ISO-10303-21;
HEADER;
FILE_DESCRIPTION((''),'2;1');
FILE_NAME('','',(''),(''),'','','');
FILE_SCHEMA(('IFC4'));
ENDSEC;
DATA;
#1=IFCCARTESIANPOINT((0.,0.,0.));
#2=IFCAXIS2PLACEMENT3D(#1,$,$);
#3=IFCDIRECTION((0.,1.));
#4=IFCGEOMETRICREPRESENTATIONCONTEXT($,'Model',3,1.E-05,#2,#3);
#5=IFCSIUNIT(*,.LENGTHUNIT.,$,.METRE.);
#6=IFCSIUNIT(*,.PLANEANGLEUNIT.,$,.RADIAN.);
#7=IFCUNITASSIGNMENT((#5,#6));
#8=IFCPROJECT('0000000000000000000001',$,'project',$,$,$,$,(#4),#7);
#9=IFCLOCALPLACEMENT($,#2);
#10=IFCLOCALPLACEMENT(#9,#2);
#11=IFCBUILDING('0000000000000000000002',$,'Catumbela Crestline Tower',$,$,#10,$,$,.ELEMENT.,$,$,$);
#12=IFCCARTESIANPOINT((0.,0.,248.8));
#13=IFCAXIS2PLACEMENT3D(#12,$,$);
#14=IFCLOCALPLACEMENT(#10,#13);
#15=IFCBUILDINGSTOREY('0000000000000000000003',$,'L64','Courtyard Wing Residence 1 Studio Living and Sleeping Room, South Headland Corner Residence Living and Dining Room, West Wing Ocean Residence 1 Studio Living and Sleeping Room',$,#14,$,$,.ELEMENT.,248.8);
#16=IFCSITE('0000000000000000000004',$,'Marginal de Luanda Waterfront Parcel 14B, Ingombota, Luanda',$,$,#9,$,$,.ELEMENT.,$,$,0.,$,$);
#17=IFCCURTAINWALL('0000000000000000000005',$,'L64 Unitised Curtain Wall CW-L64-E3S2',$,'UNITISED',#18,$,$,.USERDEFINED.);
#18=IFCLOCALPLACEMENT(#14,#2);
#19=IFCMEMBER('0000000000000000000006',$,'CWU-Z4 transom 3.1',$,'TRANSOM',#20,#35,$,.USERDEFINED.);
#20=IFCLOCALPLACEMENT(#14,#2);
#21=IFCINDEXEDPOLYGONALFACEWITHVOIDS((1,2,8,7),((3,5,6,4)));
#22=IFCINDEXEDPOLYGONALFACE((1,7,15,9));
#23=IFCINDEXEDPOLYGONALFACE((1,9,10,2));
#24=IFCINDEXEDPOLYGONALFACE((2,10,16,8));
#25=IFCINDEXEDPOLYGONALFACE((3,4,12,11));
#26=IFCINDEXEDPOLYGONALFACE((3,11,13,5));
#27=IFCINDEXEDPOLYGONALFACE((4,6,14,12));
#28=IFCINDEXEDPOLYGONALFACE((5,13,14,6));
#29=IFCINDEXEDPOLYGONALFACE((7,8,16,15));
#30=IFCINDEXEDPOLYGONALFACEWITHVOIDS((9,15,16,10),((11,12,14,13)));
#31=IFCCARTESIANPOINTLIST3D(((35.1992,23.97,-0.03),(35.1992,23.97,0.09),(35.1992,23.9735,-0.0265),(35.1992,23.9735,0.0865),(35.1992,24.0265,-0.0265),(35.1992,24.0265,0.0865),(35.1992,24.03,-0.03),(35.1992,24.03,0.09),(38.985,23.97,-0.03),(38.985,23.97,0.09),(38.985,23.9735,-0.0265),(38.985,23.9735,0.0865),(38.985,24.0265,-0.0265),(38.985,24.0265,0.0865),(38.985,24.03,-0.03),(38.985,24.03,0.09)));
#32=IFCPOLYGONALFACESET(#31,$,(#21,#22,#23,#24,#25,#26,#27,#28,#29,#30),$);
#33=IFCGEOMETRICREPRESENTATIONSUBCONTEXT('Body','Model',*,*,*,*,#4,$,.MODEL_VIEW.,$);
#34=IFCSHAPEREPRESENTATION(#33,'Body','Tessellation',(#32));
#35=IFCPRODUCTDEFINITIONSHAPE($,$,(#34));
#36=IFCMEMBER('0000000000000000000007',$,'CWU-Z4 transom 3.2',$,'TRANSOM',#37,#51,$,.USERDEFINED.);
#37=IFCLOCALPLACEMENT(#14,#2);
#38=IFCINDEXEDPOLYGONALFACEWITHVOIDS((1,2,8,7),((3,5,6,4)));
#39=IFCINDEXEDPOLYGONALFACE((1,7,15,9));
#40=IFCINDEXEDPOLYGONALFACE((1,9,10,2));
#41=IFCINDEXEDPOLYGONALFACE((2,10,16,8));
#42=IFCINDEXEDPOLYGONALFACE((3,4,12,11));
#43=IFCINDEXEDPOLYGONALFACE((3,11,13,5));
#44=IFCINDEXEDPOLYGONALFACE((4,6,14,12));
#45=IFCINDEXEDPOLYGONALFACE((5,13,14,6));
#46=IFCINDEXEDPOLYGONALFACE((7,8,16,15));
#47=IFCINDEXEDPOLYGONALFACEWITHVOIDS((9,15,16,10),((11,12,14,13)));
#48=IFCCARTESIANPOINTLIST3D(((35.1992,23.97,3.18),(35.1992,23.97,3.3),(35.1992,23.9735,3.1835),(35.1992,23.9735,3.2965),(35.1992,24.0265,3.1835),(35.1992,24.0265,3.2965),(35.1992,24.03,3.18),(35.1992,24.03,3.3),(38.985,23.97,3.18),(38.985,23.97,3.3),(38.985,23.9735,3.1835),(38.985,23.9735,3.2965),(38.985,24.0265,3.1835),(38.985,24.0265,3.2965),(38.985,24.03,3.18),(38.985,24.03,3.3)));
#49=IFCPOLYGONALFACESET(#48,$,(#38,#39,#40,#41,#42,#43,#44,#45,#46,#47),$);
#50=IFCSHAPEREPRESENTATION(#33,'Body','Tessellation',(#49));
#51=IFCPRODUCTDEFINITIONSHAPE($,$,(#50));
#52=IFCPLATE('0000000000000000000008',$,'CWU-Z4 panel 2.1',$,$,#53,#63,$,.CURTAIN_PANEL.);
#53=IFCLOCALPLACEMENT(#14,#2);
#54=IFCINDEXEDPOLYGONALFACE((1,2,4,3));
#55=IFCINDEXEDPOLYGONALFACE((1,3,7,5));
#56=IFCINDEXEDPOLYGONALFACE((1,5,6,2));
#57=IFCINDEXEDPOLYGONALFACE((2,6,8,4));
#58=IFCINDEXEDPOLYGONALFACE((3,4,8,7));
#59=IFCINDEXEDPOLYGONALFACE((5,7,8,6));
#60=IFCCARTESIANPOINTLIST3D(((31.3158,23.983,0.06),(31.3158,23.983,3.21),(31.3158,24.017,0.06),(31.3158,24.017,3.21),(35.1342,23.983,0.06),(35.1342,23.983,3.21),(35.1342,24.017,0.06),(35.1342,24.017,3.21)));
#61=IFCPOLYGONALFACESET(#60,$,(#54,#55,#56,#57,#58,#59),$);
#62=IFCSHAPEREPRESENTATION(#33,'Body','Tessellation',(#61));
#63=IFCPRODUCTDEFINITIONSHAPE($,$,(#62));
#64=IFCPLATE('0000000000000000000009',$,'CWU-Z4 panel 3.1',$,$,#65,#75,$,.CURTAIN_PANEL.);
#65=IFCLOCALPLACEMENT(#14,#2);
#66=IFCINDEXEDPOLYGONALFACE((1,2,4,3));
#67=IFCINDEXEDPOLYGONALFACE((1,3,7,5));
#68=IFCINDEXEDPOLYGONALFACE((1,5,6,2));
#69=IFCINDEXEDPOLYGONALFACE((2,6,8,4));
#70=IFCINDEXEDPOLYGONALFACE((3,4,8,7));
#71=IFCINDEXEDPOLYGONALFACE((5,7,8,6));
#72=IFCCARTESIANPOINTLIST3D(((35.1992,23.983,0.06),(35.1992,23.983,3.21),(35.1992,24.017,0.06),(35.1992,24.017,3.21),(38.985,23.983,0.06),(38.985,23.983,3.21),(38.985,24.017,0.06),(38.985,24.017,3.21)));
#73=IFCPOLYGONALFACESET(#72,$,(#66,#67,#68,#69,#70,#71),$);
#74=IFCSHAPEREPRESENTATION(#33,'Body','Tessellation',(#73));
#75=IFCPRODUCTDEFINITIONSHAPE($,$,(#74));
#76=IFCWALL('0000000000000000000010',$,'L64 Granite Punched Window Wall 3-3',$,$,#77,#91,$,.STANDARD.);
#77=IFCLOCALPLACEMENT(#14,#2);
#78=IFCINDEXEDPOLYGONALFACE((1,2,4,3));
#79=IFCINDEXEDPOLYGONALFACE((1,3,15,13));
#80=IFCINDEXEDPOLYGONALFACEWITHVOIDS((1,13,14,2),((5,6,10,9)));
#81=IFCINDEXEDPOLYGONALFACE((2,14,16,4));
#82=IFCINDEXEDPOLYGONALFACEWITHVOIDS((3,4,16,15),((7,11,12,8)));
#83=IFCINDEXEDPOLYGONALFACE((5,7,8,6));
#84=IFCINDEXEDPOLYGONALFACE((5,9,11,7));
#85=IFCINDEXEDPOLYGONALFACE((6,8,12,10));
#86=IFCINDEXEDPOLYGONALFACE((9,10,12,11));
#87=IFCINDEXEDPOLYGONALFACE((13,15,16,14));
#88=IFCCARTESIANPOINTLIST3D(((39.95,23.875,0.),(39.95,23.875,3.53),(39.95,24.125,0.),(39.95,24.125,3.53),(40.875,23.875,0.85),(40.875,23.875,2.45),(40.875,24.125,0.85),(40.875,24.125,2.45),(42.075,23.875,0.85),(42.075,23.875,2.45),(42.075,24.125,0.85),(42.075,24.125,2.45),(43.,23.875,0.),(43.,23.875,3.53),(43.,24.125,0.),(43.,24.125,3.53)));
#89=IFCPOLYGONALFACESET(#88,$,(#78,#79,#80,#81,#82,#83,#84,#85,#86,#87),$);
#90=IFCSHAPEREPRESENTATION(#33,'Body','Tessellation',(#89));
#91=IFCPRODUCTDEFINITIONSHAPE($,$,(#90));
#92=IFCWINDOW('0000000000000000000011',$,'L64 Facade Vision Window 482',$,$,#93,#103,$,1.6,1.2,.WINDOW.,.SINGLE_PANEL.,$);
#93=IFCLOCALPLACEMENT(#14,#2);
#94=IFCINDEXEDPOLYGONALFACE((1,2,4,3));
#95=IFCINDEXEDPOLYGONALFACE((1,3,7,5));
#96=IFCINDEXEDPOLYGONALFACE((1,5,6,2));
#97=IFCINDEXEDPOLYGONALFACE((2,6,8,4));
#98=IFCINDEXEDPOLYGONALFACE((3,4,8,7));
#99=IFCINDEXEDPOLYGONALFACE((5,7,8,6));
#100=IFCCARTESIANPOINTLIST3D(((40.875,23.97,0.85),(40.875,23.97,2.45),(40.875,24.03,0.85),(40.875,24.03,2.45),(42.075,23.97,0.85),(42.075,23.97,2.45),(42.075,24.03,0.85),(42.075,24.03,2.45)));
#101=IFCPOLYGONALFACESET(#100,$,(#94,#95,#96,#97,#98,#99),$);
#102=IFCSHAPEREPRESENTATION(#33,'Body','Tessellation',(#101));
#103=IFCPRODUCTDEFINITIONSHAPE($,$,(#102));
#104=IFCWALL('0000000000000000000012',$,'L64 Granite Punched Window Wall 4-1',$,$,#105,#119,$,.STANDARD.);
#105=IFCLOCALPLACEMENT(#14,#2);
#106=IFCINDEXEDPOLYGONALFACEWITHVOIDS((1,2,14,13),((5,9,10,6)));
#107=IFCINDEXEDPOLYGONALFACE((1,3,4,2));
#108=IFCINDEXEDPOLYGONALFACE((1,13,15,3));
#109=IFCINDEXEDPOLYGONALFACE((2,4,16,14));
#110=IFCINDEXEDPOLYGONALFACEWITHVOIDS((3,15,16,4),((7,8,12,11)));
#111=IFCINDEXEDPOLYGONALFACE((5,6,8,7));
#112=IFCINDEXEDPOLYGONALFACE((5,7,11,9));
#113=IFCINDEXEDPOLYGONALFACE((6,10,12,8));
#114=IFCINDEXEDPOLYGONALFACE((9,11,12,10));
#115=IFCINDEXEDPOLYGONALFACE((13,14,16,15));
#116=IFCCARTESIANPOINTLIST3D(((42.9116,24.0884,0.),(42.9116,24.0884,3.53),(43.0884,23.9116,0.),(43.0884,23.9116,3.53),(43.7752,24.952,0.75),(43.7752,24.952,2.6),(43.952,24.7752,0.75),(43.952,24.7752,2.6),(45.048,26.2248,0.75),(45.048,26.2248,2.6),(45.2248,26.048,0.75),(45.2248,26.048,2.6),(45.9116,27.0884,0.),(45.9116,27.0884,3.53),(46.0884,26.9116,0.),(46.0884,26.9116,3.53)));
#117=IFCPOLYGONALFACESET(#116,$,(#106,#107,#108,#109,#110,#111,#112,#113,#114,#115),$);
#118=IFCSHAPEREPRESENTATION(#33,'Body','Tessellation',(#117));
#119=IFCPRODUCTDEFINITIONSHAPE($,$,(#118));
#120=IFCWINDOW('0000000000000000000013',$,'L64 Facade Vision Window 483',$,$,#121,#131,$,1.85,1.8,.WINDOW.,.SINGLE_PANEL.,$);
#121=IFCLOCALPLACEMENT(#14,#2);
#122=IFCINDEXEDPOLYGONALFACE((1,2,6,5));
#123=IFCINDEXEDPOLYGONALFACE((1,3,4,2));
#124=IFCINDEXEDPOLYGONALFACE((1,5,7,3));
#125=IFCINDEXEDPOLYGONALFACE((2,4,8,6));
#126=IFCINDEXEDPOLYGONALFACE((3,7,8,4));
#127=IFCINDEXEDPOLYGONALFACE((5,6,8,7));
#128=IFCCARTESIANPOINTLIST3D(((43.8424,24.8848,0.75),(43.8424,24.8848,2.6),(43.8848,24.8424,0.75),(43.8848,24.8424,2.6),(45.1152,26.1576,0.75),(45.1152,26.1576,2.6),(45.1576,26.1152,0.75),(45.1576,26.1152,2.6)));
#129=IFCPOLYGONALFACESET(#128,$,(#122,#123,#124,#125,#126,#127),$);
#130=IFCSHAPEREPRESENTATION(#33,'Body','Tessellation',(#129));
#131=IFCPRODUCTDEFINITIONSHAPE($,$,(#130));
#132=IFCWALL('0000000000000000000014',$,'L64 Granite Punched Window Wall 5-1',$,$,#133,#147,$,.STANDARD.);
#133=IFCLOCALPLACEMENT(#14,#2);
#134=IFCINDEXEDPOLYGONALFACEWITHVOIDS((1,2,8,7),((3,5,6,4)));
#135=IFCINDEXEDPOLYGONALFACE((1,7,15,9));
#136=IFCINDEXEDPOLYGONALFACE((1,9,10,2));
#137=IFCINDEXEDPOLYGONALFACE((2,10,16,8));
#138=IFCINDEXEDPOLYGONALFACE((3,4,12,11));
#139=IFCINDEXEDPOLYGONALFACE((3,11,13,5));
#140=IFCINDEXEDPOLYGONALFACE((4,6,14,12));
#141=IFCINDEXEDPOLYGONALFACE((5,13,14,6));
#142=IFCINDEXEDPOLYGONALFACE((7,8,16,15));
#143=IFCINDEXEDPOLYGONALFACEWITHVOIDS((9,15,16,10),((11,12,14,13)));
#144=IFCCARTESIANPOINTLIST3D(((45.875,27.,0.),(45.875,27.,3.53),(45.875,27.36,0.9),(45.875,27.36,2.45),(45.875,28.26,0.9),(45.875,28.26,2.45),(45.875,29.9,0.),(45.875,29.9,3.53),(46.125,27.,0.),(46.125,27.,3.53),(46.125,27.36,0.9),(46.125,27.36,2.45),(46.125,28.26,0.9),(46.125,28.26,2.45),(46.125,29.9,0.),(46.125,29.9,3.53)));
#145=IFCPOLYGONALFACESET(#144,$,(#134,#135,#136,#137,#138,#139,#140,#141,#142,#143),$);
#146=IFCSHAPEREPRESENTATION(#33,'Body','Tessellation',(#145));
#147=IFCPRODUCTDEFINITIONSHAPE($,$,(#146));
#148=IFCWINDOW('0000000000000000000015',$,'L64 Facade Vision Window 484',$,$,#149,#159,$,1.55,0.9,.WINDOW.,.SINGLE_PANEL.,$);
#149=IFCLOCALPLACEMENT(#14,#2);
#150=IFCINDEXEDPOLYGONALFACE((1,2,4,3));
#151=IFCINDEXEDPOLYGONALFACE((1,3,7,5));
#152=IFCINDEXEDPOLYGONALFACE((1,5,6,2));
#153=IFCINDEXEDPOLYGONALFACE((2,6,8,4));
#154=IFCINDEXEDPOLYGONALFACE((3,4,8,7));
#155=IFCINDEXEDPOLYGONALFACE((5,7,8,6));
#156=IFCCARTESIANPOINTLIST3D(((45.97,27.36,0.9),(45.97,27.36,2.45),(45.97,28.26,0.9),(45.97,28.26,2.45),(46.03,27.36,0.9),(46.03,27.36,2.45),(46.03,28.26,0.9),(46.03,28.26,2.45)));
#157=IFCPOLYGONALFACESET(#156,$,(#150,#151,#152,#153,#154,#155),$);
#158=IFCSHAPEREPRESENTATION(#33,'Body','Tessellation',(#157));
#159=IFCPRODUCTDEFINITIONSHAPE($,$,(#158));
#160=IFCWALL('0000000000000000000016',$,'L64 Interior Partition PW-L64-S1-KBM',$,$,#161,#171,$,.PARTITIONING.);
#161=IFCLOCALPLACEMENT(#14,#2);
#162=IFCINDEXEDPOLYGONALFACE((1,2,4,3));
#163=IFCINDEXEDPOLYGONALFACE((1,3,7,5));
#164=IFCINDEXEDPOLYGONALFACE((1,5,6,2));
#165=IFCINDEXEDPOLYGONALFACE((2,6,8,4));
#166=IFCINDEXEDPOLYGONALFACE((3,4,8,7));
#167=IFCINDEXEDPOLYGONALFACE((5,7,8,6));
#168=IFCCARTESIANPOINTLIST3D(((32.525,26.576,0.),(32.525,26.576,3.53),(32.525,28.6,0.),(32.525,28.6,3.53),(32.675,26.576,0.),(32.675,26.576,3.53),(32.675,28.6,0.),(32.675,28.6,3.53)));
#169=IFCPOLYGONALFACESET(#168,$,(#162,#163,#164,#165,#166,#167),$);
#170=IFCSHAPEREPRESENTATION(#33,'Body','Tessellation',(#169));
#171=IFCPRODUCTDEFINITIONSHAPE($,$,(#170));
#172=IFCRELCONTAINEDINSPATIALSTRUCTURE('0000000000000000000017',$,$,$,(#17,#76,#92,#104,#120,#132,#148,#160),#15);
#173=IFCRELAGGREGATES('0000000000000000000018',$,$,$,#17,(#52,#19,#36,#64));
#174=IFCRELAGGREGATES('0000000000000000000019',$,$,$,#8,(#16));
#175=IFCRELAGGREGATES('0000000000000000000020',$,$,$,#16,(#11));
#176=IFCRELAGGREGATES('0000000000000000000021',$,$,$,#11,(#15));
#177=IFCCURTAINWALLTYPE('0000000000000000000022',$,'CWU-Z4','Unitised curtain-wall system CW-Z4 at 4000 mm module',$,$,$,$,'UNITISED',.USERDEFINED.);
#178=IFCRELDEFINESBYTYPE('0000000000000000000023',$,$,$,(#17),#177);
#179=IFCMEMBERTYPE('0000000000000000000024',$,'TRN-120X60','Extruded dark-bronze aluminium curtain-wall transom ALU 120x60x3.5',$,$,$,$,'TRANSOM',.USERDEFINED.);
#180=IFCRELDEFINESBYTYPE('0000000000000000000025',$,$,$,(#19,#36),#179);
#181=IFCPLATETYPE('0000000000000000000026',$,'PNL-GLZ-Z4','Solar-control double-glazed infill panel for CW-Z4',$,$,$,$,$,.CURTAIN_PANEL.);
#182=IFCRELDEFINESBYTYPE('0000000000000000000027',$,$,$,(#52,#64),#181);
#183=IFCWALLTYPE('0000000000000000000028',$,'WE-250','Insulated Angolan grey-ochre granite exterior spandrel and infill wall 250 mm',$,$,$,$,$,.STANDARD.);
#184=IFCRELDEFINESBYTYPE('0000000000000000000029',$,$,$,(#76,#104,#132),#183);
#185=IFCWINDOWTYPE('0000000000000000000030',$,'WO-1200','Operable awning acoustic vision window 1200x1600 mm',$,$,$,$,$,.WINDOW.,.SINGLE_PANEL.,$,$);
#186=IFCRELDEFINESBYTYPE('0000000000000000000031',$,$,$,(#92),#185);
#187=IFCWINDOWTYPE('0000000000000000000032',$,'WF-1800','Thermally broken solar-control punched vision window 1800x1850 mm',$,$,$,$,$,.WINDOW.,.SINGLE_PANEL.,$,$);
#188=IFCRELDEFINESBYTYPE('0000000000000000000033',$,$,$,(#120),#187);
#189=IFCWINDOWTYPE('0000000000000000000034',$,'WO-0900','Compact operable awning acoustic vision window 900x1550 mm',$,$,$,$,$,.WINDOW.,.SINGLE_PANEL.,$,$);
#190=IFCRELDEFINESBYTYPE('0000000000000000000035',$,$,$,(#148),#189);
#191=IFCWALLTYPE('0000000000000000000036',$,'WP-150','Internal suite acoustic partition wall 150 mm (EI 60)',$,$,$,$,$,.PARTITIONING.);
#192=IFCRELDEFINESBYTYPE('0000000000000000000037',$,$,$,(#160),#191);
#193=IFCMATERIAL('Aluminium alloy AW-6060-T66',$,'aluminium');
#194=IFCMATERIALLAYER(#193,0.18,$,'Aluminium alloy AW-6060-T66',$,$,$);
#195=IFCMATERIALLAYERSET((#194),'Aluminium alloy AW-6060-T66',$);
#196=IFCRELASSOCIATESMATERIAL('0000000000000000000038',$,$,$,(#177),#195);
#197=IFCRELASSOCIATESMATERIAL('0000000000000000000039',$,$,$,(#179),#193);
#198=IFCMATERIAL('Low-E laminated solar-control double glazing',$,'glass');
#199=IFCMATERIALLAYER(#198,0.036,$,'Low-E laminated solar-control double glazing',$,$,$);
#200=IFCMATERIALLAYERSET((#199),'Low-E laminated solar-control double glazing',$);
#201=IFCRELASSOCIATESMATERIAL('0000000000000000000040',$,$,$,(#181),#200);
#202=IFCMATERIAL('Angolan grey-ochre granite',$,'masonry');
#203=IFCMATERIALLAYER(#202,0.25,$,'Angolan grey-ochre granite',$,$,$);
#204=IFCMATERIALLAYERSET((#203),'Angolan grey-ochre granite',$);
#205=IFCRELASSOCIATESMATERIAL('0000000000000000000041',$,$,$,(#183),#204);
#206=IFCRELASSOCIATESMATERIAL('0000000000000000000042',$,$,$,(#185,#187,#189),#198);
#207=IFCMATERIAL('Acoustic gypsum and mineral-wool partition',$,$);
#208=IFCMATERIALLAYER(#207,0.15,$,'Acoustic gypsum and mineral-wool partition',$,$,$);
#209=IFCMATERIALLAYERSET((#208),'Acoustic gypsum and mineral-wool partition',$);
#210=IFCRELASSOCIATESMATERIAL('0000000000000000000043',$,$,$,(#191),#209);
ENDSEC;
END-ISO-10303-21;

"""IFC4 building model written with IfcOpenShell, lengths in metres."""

from ifc_helpers import new_model, si_unit, direction, frame, frame_2d, origin, origin_2d, place, context, subcontext, project, spatial, rectangle, hollow_rectangle, extrude, material, layer, layer_set, material_profile, profile_set, type_object, element, fill, aggregate, save


model = new_model("IFC4")

# Units and contexts
model_context = context("Model", 3, precision=1e-05, world=origin(), true_north=direction((0.0, 1.0)))
body_context = subcontext(model_context, "Body", "Model", "MODEL_VIEW")
ifc_project = project(units=[si_unit("LENGTHUNIT", "METRE"), si_unit("PLANEANGLEUNIT", "RADIAN")], contexts=[model_context])

# Site, building, storey
site_placement = place(None, origin())
site = spatial("IfcSite", under=ifc_project, at=site_placement, Name="Marginal de Luanda Waterfront Parcel 14B, Ingombota, Luanda", CompositionType="ELEMENT", RefElevation=0.0)
building_placement = place(site_placement, origin())
building = spatial("IfcBuilding", under=site, at=building_placement, Name="Catumbela Crestline Tower", CompositionType="ELEMENT")
storey_placement = place(building_placement, frame((0.0, 0.0, 248.8)))
storey = spatial("IfcBuildingStorey", under=building, at=storey_placement, Name="L64", Description="Courtyard Wing Residence 1 Studio Living and Sleeping Room, South Headland Corner Residence Living and Dining Room, West Wing Ocean Residence 1 Studio Living and Sleeping Room", CompositionType="ELEMENT", Elevation=248.8)

# Curtain wall, members, plates
ifc_material_1 = material(Name="Aluminium alloy AW-6060-T66", Category="aluminium")
ifc_layer_1 = layer(ifc_material_1, 0.18, Name="Aluminium alloy AW-6060-T66")
ifc_layer_set_1 = layer_set([ifc_layer_1], Name="Aluminium alloy AW-6060-T66")
curtain_wall_type = type_object("IfcCurtainWallType", Name="CWU-Z4", Description="Unitised curtain-wall system CW-Z4 at 4000 mm module", ElementType="UNITISED", PredefinedType="USERDEFINED", material=ifc_layer_set_1)
curtain_wall_placement = place(storey_placement, origin())
curtain_wall = element("IfcCurtainWall", 1, at=curtain_wall_placement, inside=storey, type_object=curtain_wall_type, Name="L64 Unitised Curtain Wall CW-L64-E3S2", ObjectType="UNITISED", PredefinedType="USERDEFINED")
ifc_material_profile_1 = material_profile(ifc_material_1, hollow_rectangle(XDim=0.06, YDim=0.12, WallThickness=0.0035, at=origin_2d()), Name="ALU 120x60x3.5")
ifc_profile_set_1 = profile_set([ifc_material_profile_1], Name="Aluminium alloy AW-6060-T66")
member_type_1 = type_object("IfcMemberType", Name="TRN-120X60", Description="Extruded dark-bronze aluminium curtain-wall transom ALU 120x60x3.5", ElementType="TRANSOM", PredefinedType="USERDEFINED", material=ifc_profile_set_1)
member_1_placement = place(storey_placement, frame((35.1992, 24.0, 0.03), z_axis=(1.0, 0.0, 0.0), x_axis=(0.0, 1.0, 0.0)))
member_1 = element("IfcMember", 2, at=member_1_placement, type_object=member_type_1, Name="CWU-Z4 transom 3.1", ObjectType="TRANSOM", PredefinedType="USERDEFINED", context=body_context, shape_type="SweptSolid", body=[
    extrude(hollow_rectangle(XDim=0.06, YDim=0.12, WallThickness=0.0035, at=origin_2d()), origin(), (0.0, 0.0, 1.0), 3.7858),
])
member_2_placement = place(storey_placement, frame((35.1992, 24.0, 3.24), z_axis=(1.0, 0.0, 0.0), x_axis=(0.0, 1.0, 0.0)))
member_2 = element("IfcMember", 3, at=member_2_placement, type_object=member_type_1, Name="CWU-Z4 transom 3.2", ObjectType="TRANSOM", PredefinedType="USERDEFINED", context=body_context, shape_type="SweptSolid", body=[
    extrude(hollow_rectangle(XDim=0.06, YDim=0.12, WallThickness=0.0035, at=origin_2d()), origin(), (0.0, 0.0, 1.0), 3.7858),
])
ifc_material_2 = material(Name="Low-E laminated solar-control double glazing", Category="glass")
ifc_layer_2 = layer(ifc_material_2, 0.036, Name="Low-E laminated solar-control double glazing")
ifc_layer_set_2 = layer_set([ifc_layer_2], Name="Low-E laminated solar-control double glazing")
plate_type = type_object("IfcPlateType", Name="PNL-GLZ-Z4", Description="Solar-control double-glazed infill panel for CW-Z4", PredefinedType="CURTAIN_PANEL", material=ifc_layer_set_2)
plate_1_placement = place(storey_placement, frame((33.225, 24.0, 0.06), z_axis=(0.0, 0.0, 1.0), x_axis=(1.0, 0.0, 0.0)))
plate_1 = element("IfcPlate", 4, at=plate_1_placement, type_object=plate_type, Name="CWU-Z4 panel 2.1", PredefinedType="CURTAIN_PANEL", context=body_context, shape_type="SweptSolid", body=[
    extrude(rectangle(XDim=3.8183, YDim=0.034, at=origin_2d()), origin(), (0.0, 0.0, 1.0), 3.15),
])
plate_2_placement = place(storey_placement, frame((37.0921, 24.0, 0.06), z_axis=(0.0, 0.0, 1.0), x_axis=(1.0, 0.0, 0.0)))
plate_2 = element("IfcPlate", 5, at=plate_2_placement, type_object=plate_type, Name="CWU-Z4 panel 3.1", PredefinedType="CURTAIN_PANEL", context=body_context, shape_type="SweptSolid", body=[
    extrude(rectangle(XDim=3.7858, YDim=0.034, at=origin_2d()), origin(), (0.0, 0.0, 1.0), 3.15),
])
aggregate(curtain_wall, [plate_1, member_1, member_2, plate_2])

# Walls, openings, windows
ifc_material_3 = material(Name="Angolan grey-ochre granite", Category="masonry")
ifc_layer_3 = layer(ifc_material_3, 0.25, Name="Angolan grey-ochre granite")
ifc_layer_set_3 = layer_set([ifc_layer_3], Name="Angolan grey-ochre granite")
wall_type_1 = type_object("IfcWallType", Name="WE-250", Description="Insulated Angolan grey-ochre granite exterior spandrel and infill wall 250 mm", PredefinedType="STANDARD", material=ifc_layer_set_3)
wall_1_placement = place(storey_placement, frame((39.95, 24.0, 0.0), z_axis=(0.0, 0.0, 1.0), x_axis=(1.0, 0.0, 0.0)))
wall_1 = element("IfcWall", 6, at=wall_1_placement, inside=storey, type_object=wall_type_1, Name="L64 Granite Punched Window Wall 3-3", PredefinedType="STANDARD", context=body_context, shape_type="SweptSolid", body=[
    extrude(rectangle(XDim=3.05, YDim=0.25, at=frame_2d((1.525, 0.0))), origin(), (0.0, 0.0, 1.0), 3.53),
])
opening_1_placement = place(wall_1_placement, frame((0.925, 0.0, 0.85)))
opening_1 = element("IfcOpeningElement", 7, at=opening_1_placement, cuts=wall_1, PredefinedType="OPENING", context=body_context, shape_type="SweptSolid", body=[
    extrude(rectangle(XDim=1.2, YDim=1.6, at=frame_2d((0.6, 0.8))), frame((0.0, 0.135, 0.0), z_axis=(0.0, -1.0, 0.0), x_axis=(1.0, 0.0, 0.0)), (0.0, 0.0, 1.0), 0.27),
])
window_type_1 = type_object("IfcWindowType", Name="WO-1200", Description="Operable awning acoustic vision window 1200x1600 mm", PartitioningType="SINGLE_PANEL", PredefinedType="WINDOW", material=ifc_material_2)
window_1_placement = place(opening_1_placement, origin())
window_1 = element("IfcWindow", 8, at=window_1_placement, inside=storey, type_object=window_type_1, Name="L64 Facade Vision Window 482", OverallHeight=1.6, OverallWidth=1.2, PartitioningType="SINGLE_PANEL", PredefinedType="WINDOW", context=body_context, shape_type="SweptSolid", body=[
    extrude(rectangle(XDim=1.2, YDim=1.6, at=frame_2d((0.6, 0.8))), frame((0.0, 0.03, 0.0), z_axis=(0.0, -1.0, 0.0), x_axis=(1.0, 0.0, 0.0)), (0.0, 0.0, 1.0), 0.06),
])
fill(opening_1, window_1)
wall_2_placement = place(storey_placement, frame((43.0, 24.0, 0.0), z_axis=(0.0, 0.0, 1.0), x_axis=(0.707107, 0.707107, 0.0)))
wall_2 = element("IfcWall", 9, at=wall_2_placement, inside=storey, type_object=wall_type_1, Name="L64 Granite Punched Window Wall 4-1", PredefinedType="STANDARD", context=body_context, shape_type="SweptSolid", body=[
    extrude(rectangle(XDim=4.2426, YDim=0.25, at=frame_2d((2.1213, 0.0))), origin(), (0.0, 0.0, 1.0), 3.53),
])
opening_2_placement = place(wall_2_placement, frame((1.2213, 0.0, 0.75)))
opening_2 = element("IfcOpeningElement", 10, at=opening_2_placement, cuts=wall_2, PredefinedType="OPENING", context=body_context, shape_type="SweptSolid", body=[
    extrude(rectangle(XDim=1.8, YDim=1.85, at=frame_2d((0.9, 0.925))), frame((0.0, 0.135, 0.0), z_axis=(0.0, -1.0, 0.0), x_axis=(1.0, 0.0, 0.0)), (0.0, 0.0, 1.0), 0.27),
])
window_type_2 = type_object("IfcWindowType", Name="WF-1800", Description="Thermally broken solar-control punched vision window 1800x1850 mm", PartitioningType="SINGLE_PANEL", PredefinedType="WINDOW", material=ifc_material_2)
window_2_placement = place(opening_2_placement, origin())
window_2 = element("IfcWindow", 11, at=window_2_placement, inside=storey, type_object=window_type_2, Name="L64 Facade Vision Window 483", OverallHeight=1.85, OverallWidth=1.8, PartitioningType="SINGLE_PANEL", PredefinedType="WINDOW", context=body_context, shape_type="SweptSolid", body=[
    extrude(rectangle(XDim=1.8, YDim=1.85, at=frame_2d((0.9, 0.925))), frame((0.0, 0.03, 0.0), z_axis=(0.0, -1.0, 0.0), x_axis=(1.0, 0.0, 0.0)), (0.0, 0.0, 1.0), 0.06),
])
fill(opening_2, window_2)
wall_3_placement = place(storey_placement, frame((46.0, 27.0, 0.0), z_axis=(0.0, 0.0, 1.0), x_axis=(0.0, 1.0, 0.0)))
wall_3 = element("IfcWall", 12, at=wall_3_placement, inside=storey, type_object=wall_type_1, Name="L64 Granite Punched Window Wall 5-1", PredefinedType="STANDARD", context=body_context, shape_type="SweptSolid", body=[
    extrude(rectangle(XDim=2.9, YDim=0.25, at=frame_2d((1.45, 0.0))), origin(), (0.0, 0.0, 1.0), 3.53),
])
opening_3_placement = place(wall_3_placement, frame((0.36, 0.0, 0.9)))
opening_3 = element("IfcOpeningElement", 13, at=opening_3_placement, cuts=wall_3, PredefinedType="OPENING", context=body_context, shape_type="SweptSolid", body=[
    extrude(rectangle(XDim=0.9, YDim=1.55, at=frame_2d((0.45, 0.775))), frame((0.0, 0.135, 0.0), z_axis=(0.0, -1.0, 0.0), x_axis=(1.0, 0.0, 0.0)), (0.0, 0.0, 1.0), 0.27),
])
window_type_3 = type_object("IfcWindowType", Name="WO-0900", Description="Compact operable awning acoustic vision window 900x1550 mm", PartitioningType="SINGLE_PANEL", PredefinedType="WINDOW", material=ifc_material_2)
window_3_placement = place(opening_3_placement, origin())
window_3 = element("IfcWindow", 14, at=window_3_placement, inside=storey, type_object=window_type_3, Name="L64 Facade Vision Window 484", OverallHeight=1.55, OverallWidth=0.9, PartitioningType="SINGLE_PANEL", PredefinedType="WINDOW", context=body_context, shape_type="SweptSolid", body=[
    extrude(rectangle(XDim=0.9, YDim=1.55, at=frame_2d((0.45, 0.775))), frame((0.0, 0.03, 0.0), z_axis=(0.0, -1.0, 0.0), x_axis=(1.0, 0.0, 0.0)), (0.0, 0.0, 1.0), 0.06),
])
fill(opening_3, window_3)

# Wall
ifc_material_4 = material(Name="Acoustic gypsum and mineral-wool partition")
ifc_layer_4 = layer(ifc_material_4, 0.15, Name="Acoustic gypsum and mineral-wool partition")
ifc_layer_set_4 = layer_set([ifc_layer_4], Name="Acoustic gypsum and mineral-wool partition")
wall_type_2 = type_object("IfcWallType", Name="WP-150", Description="Internal suite acoustic partition wall 150 mm (EI 60)", PredefinedType="PARTITIONING", material=ifc_layer_set_4)
wall_4_placement = place(storey_placement, frame((32.6, 26.576, 0.0), z_axis=(0.0, 0.0, 1.0), x_axis=(0.0, 1.0, 0.0)))
element("IfcWall", 15, at=wall_4_placement, inside=storey, type_object=wall_type_2, Name="L64 Interior Partition PW-L64-S1-KBM", PredefinedType="PARTITIONING", context=body_context, shape_type="SweptSolid", body=[
    extrude(rectangle(XDim=2.024, YDim=0.15, at=frame_2d((1.012, 0.0))), origin(), (0.0, 0.0, 1.0), 3.53),
])

save(model, "model.ifc")
